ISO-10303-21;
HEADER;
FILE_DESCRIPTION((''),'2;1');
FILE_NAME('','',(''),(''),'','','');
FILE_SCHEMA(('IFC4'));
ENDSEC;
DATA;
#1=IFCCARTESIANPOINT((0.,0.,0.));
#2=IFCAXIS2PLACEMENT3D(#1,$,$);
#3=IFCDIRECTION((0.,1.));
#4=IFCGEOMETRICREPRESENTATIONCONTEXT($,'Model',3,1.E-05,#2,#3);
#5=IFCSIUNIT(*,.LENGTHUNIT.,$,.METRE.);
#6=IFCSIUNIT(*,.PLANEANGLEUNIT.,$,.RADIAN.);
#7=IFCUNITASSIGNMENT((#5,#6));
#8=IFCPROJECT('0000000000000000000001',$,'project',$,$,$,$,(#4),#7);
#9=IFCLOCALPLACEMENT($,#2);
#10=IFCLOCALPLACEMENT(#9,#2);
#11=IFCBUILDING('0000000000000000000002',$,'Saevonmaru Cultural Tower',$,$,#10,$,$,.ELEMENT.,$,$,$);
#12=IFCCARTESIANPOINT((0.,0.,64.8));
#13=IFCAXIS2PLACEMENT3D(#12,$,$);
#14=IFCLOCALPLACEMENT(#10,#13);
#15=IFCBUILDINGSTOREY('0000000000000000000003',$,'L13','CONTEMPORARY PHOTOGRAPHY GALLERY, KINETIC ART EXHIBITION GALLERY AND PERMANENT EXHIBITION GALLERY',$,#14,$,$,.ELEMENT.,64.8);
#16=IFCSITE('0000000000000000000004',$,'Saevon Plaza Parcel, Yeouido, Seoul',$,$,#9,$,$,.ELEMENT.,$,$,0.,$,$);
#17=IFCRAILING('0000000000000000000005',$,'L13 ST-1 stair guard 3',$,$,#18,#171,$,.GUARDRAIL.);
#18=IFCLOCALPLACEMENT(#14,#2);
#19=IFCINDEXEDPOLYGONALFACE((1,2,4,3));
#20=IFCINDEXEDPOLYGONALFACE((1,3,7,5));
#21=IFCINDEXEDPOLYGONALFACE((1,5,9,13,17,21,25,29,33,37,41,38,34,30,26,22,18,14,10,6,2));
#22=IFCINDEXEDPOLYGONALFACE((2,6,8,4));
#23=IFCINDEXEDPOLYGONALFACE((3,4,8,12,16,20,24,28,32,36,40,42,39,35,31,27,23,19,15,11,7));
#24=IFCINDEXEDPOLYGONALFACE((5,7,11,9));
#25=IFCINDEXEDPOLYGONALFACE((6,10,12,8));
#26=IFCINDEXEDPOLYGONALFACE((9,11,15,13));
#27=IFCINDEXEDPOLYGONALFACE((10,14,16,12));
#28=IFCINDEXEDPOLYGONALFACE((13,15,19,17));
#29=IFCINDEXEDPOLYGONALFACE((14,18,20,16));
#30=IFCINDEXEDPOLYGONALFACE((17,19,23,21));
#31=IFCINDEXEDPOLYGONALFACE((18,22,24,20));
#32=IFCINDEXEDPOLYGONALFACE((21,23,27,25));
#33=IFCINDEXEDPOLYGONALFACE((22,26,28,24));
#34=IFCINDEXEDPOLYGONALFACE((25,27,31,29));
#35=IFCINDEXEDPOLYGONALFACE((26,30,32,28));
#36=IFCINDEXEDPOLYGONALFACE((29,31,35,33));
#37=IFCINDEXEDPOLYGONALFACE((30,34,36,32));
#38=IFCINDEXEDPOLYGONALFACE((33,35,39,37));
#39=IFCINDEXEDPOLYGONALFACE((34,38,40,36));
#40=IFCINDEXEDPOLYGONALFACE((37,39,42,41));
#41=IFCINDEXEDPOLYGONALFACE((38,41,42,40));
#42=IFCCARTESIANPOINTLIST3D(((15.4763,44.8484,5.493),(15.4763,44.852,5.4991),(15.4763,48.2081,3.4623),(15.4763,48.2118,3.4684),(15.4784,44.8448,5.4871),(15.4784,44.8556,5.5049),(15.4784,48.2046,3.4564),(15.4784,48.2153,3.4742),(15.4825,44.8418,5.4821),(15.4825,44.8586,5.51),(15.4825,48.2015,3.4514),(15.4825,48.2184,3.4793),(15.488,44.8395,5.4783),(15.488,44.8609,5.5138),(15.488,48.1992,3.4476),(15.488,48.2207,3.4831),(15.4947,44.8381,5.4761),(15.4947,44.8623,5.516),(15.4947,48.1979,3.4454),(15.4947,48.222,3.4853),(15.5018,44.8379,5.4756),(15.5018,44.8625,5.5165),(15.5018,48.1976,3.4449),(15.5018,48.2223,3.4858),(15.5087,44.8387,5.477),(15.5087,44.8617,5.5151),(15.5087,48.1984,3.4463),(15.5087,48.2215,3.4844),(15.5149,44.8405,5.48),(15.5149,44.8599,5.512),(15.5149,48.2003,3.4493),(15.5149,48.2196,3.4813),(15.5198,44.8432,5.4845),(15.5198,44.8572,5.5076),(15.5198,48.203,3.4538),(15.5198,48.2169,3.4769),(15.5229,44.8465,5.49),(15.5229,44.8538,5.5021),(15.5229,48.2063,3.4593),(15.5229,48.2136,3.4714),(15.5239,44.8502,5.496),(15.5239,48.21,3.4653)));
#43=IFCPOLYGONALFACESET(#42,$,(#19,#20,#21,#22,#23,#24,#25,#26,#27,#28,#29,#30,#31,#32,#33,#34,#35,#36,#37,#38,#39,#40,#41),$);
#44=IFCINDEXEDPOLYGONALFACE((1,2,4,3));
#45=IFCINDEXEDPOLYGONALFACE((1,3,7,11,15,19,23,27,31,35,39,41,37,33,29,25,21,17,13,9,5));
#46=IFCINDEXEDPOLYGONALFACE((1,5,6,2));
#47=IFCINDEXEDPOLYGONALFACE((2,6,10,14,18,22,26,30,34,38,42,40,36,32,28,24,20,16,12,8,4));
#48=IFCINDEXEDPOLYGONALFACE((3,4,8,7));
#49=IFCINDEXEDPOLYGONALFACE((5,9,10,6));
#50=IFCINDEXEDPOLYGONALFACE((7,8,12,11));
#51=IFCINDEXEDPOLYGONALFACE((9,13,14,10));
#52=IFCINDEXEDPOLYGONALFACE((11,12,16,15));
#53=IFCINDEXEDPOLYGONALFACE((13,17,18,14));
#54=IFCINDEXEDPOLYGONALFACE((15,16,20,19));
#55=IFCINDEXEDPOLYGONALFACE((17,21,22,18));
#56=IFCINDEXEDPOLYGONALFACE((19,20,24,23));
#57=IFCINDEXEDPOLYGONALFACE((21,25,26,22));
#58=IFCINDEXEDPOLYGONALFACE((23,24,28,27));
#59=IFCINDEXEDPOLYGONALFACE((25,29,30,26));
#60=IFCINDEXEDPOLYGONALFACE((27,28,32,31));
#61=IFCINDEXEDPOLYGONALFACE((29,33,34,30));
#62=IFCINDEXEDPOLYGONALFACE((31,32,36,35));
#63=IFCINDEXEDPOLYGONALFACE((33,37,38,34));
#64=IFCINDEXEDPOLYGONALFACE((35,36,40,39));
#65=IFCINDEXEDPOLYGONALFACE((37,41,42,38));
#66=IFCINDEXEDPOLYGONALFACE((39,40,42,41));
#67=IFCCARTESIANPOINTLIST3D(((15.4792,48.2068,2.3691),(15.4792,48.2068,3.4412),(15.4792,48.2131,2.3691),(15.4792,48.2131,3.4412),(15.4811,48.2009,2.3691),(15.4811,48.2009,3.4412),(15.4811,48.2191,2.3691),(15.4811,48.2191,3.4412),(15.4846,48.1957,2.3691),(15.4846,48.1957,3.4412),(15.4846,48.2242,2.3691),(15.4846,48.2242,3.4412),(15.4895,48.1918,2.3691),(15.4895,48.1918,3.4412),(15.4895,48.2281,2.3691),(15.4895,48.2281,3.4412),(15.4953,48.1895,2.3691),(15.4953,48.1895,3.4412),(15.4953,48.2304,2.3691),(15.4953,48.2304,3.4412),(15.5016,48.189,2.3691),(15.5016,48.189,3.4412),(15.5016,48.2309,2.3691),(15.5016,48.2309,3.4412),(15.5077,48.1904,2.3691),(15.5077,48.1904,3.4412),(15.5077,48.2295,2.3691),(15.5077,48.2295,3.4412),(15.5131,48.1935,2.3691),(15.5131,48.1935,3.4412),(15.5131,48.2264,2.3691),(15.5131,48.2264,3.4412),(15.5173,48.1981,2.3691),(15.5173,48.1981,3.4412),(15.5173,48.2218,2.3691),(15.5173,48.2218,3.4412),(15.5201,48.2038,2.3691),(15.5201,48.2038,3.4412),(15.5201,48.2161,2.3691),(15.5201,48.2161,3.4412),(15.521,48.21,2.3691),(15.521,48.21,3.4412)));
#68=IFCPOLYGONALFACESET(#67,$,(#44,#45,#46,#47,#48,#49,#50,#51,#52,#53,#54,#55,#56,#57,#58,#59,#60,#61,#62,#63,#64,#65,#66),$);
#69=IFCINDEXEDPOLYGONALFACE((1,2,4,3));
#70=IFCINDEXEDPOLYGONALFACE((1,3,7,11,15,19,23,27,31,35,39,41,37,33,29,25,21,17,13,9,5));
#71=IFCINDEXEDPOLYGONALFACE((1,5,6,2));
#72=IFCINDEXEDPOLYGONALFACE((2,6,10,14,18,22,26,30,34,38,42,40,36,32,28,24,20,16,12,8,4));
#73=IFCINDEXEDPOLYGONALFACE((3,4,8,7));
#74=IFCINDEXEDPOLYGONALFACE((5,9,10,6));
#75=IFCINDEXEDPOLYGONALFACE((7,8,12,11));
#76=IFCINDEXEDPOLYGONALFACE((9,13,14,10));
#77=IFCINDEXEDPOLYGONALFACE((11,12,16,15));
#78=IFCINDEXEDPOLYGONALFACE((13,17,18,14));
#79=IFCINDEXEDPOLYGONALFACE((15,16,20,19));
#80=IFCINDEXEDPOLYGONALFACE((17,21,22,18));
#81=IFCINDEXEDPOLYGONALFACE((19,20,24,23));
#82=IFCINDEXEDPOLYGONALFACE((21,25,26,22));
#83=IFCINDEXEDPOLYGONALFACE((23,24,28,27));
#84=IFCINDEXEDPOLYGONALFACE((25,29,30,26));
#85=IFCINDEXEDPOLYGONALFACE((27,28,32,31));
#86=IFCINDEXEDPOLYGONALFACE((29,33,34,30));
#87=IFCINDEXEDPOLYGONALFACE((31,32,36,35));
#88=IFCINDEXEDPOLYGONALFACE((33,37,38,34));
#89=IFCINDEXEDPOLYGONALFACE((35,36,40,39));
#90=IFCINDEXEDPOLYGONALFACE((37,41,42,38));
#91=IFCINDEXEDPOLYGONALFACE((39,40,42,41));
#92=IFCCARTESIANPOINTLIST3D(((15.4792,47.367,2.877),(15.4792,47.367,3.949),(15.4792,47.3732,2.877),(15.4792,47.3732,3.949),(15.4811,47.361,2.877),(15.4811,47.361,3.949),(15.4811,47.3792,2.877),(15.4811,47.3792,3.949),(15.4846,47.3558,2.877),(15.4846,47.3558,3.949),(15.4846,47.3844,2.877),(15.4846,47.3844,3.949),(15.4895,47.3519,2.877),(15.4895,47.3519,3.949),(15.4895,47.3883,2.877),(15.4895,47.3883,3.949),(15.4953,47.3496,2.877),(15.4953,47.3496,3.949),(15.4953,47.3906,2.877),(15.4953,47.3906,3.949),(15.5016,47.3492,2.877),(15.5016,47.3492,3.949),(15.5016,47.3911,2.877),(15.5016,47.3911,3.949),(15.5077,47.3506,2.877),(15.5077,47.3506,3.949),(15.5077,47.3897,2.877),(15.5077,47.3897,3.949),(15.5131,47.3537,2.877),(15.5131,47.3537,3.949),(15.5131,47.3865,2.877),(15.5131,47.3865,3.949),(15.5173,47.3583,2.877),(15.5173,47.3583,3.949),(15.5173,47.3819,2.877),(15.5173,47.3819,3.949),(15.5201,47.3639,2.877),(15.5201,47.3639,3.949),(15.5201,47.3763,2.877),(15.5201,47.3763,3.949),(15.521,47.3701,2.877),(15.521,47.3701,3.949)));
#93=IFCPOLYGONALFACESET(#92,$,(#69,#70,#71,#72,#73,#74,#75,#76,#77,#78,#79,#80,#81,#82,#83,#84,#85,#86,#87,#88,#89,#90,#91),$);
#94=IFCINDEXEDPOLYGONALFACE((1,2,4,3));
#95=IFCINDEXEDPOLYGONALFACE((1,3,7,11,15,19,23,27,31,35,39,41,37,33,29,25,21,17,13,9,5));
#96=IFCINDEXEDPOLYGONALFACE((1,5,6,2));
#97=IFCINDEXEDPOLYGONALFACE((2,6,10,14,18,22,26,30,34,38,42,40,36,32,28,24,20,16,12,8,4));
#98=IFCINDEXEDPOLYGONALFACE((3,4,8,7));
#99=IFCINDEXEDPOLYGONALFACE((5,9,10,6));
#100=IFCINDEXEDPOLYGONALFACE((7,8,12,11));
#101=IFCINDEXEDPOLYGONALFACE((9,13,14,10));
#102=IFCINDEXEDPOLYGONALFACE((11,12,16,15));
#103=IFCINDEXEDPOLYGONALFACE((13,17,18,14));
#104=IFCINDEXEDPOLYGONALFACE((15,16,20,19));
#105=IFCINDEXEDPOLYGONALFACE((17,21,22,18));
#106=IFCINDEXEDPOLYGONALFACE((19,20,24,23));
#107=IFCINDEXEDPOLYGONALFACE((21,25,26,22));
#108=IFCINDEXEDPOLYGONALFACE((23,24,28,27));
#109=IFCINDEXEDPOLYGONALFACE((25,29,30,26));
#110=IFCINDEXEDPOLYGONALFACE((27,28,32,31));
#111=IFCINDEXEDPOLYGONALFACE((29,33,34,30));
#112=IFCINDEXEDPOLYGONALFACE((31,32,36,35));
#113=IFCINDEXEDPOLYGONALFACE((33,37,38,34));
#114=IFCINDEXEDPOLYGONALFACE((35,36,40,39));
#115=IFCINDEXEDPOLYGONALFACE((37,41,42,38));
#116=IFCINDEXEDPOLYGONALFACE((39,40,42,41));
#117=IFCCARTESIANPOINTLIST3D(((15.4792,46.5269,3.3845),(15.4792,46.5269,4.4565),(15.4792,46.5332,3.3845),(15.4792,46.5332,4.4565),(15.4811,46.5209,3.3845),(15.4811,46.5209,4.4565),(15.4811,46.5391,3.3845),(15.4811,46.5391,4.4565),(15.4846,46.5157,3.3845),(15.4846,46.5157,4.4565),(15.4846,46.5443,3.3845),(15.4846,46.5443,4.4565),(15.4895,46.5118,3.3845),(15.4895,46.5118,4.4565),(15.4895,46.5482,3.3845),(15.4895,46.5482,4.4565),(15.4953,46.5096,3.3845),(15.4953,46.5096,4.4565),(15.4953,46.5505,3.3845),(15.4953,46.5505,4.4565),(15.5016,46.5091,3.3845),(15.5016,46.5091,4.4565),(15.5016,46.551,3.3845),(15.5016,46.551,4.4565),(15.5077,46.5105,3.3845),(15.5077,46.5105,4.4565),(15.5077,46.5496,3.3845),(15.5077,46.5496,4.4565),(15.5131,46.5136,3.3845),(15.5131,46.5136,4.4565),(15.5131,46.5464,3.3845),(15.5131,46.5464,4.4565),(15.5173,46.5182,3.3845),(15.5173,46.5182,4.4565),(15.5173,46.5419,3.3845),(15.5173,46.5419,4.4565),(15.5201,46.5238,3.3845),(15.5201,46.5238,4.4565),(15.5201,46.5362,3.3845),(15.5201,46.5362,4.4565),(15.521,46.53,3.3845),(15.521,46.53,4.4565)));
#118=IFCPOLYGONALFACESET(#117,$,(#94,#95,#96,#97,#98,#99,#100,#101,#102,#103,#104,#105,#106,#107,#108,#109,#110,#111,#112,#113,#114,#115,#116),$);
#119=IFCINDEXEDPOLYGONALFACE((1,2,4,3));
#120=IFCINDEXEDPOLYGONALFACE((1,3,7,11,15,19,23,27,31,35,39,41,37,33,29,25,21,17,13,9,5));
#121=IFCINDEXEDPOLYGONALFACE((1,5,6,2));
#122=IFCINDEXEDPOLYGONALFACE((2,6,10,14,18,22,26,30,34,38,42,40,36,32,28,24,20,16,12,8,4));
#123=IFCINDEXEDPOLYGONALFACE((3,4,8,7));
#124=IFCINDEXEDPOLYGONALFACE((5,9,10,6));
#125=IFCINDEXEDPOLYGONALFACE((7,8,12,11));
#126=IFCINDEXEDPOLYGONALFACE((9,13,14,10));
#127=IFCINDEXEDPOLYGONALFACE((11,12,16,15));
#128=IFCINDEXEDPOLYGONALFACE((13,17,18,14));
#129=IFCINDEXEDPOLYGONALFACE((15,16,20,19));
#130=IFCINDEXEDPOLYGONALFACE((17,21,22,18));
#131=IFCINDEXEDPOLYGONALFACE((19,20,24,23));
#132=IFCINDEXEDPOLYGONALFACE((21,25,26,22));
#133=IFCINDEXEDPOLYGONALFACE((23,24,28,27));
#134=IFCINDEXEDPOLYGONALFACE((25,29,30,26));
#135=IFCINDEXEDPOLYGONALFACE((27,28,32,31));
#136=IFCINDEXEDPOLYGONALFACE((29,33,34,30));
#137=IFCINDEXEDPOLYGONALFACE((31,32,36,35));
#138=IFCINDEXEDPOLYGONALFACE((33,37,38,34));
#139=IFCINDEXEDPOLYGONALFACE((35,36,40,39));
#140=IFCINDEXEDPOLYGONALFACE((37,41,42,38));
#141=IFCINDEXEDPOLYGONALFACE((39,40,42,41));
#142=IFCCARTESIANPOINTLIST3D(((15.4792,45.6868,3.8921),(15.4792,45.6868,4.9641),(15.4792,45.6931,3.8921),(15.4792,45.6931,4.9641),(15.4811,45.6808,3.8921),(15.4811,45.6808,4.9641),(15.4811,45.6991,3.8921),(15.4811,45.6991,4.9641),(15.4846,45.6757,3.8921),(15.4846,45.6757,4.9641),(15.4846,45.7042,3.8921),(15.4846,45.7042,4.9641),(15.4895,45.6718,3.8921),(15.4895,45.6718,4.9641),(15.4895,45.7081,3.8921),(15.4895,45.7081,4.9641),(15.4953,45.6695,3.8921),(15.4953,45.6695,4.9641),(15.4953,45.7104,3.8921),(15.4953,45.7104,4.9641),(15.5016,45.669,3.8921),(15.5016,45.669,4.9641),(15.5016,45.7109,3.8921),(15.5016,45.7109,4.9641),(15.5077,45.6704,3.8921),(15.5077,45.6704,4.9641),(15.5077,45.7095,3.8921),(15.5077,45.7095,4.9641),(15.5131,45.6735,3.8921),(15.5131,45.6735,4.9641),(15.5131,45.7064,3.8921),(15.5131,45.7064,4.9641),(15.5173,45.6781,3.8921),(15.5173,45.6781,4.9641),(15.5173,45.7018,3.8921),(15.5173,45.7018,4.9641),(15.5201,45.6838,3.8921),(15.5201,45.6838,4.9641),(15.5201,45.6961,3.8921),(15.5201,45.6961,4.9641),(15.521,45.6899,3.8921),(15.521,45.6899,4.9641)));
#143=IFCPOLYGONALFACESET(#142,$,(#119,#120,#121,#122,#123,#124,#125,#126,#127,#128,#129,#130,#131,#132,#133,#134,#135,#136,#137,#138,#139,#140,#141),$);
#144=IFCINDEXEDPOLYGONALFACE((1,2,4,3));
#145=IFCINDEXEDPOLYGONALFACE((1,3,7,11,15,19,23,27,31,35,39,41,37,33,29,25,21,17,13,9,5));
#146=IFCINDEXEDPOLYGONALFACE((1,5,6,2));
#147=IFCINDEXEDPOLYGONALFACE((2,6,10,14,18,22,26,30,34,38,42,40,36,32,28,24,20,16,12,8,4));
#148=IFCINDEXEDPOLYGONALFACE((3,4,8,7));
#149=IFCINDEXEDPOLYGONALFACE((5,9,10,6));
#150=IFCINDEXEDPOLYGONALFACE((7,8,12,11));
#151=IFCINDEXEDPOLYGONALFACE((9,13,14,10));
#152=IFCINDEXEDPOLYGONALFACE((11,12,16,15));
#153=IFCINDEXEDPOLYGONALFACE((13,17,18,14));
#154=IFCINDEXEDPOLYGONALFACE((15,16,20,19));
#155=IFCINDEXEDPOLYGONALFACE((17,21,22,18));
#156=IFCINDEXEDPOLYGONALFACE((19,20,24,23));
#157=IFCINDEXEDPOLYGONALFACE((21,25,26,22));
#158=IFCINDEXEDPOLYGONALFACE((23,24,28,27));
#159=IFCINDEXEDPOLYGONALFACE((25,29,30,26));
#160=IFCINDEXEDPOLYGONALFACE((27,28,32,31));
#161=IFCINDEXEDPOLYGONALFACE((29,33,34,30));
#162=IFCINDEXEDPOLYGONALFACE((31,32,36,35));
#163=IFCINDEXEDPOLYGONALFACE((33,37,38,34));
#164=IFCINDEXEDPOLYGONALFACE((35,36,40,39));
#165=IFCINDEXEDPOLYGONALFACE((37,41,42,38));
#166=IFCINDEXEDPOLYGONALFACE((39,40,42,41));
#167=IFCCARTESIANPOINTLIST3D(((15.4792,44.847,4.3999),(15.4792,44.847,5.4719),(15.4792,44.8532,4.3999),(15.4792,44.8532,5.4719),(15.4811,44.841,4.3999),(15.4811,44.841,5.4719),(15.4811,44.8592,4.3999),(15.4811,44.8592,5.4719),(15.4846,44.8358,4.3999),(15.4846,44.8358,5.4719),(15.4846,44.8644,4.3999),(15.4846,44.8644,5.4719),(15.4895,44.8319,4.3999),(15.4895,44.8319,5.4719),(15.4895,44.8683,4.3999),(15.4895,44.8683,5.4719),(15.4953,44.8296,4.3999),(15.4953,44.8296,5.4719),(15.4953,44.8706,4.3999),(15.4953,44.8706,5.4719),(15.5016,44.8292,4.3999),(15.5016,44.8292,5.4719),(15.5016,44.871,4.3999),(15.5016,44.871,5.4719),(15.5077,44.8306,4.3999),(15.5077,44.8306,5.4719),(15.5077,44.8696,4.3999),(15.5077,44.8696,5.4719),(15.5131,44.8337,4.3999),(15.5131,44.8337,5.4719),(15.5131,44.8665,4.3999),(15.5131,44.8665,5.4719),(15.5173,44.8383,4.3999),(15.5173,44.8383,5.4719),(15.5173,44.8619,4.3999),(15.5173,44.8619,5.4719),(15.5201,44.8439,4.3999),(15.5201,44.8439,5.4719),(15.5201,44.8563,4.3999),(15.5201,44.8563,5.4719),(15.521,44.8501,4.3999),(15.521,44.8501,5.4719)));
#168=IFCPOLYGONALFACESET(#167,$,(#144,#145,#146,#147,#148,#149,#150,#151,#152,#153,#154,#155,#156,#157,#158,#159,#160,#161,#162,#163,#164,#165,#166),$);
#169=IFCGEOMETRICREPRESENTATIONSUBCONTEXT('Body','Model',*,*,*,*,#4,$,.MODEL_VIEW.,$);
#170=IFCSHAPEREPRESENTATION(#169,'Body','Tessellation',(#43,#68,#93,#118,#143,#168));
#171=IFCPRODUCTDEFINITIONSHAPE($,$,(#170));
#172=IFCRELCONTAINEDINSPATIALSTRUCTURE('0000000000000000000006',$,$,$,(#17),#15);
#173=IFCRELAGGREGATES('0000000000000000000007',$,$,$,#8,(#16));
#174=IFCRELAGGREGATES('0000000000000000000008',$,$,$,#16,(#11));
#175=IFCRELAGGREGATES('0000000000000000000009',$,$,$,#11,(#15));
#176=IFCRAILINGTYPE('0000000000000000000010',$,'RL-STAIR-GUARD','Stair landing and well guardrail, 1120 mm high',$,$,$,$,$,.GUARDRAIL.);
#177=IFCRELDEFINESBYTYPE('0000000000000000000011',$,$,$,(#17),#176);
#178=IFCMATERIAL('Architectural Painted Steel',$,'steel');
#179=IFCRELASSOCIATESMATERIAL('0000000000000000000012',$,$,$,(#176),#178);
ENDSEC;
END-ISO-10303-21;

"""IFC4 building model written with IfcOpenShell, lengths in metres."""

from ifc_helpers import new_model, si_unit, direction, frame, origin, origin_2d, place, context, subcontext, project, spatial, circle, extrude, material, type_object, element, save


model = new_model("IFC4")

# Units and contexts
model_context = context("Model", 3, precision=1e-05, world=origin(), true_north=direction((0.0, 1.0)))
body_context = subcontext(model_context, "Body", "Model", "MODEL_VIEW")
ifc_project = project(units=[si_unit("LENGTHUNIT", "METRE"), si_unit("PLANEANGLEUNIT", "RADIAN")], contexts=[model_context])

# Site, building, storey
site_placement = place(None, origin())
site = spatial("IfcSite", under=ifc_project, at=site_placement, Name="Saevon Plaza Parcel, Yeouido, Seoul", CompositionType="ELEMENT", RefElevation=0.0)
building_placement = place(site_placement, origin())
building = spatial("IfcBuilding", under=site, at=building_placement, Name="Saevonmaru Cultural Tower", CompositionType="ELEMENT")
storey_placement = place(building_placement, frame((0.0, 0.0, 64.8)))
storey = spatial("IfcBuildingStorey", under=building, at=storey_placement, Name="L13", Description="CONTEMPORARY PHOTOGRAPHY GALLERY, KINETIC ART EXHIBITION GALLERY AND PERMANENT EXHIBITION GALLERY", CompositionType="ELEMENT", Elevation=64.8)

# Railing
ifc_material_1 = material(Name="Architectural Painted Steel", Category="steel")
railing_type = type_object("IfcRailingType", Name="RL-STAIR-GUARD", Description="Stair landing and well guardrail, 1120 mm high", PredefinedType="GUARDRAIL", material=ifc_material_1)
railing_1_placement = place(storey_placement, frame((15.5, 48.21, 2.3691)))
element("IfcRailing", 1, at=railing_1_placement, inside=storey, type_object=railing_type, Name="L13 ST-1 stair guard 3", PredefinedType="GUARDRAIL", context=body_context, shape_type="SweptSolid", body=[
    extrude(circle(Radius=0.0239, at=origin_2d()), frame((0.0, 0.0, 1.0962), z_axis=(0.0, -0.85582, 0.517273), x_axis=(1.0, 0.0, 0.0)), (0.0, 0.0, 1.0), 3.9258),
    extrude(circle(Radius=0.021, at=origin_2d()), origin(), (0.0, 0.0, 1.0), 1.072),
    extrude(circle(Radius=0.021, at=origin_2d()), frame((0.0, -0.8398, 0.5078)), (0.0, 0.0, 1.0), 1.072),
    extrude(circle(Radius=0.021, at=origin_2d()), frame((0.0, -1.6799, 1.0154)), (0.0, 0.0, 1.0), 1.072),
    extrude(circle(Radius=0.021, at=origin_2d()), frame((0.0, -2.52, 1.5229)), (0.0, 0.0, 1.0), 1.072),
    extrude(circle(Radius=0.021, at=origin_2d()), frame((0.0, -3.3599, 2.0308)), (0.0, 0.0, 1.0), 1.072),
])

save(model, "model.ifc")
